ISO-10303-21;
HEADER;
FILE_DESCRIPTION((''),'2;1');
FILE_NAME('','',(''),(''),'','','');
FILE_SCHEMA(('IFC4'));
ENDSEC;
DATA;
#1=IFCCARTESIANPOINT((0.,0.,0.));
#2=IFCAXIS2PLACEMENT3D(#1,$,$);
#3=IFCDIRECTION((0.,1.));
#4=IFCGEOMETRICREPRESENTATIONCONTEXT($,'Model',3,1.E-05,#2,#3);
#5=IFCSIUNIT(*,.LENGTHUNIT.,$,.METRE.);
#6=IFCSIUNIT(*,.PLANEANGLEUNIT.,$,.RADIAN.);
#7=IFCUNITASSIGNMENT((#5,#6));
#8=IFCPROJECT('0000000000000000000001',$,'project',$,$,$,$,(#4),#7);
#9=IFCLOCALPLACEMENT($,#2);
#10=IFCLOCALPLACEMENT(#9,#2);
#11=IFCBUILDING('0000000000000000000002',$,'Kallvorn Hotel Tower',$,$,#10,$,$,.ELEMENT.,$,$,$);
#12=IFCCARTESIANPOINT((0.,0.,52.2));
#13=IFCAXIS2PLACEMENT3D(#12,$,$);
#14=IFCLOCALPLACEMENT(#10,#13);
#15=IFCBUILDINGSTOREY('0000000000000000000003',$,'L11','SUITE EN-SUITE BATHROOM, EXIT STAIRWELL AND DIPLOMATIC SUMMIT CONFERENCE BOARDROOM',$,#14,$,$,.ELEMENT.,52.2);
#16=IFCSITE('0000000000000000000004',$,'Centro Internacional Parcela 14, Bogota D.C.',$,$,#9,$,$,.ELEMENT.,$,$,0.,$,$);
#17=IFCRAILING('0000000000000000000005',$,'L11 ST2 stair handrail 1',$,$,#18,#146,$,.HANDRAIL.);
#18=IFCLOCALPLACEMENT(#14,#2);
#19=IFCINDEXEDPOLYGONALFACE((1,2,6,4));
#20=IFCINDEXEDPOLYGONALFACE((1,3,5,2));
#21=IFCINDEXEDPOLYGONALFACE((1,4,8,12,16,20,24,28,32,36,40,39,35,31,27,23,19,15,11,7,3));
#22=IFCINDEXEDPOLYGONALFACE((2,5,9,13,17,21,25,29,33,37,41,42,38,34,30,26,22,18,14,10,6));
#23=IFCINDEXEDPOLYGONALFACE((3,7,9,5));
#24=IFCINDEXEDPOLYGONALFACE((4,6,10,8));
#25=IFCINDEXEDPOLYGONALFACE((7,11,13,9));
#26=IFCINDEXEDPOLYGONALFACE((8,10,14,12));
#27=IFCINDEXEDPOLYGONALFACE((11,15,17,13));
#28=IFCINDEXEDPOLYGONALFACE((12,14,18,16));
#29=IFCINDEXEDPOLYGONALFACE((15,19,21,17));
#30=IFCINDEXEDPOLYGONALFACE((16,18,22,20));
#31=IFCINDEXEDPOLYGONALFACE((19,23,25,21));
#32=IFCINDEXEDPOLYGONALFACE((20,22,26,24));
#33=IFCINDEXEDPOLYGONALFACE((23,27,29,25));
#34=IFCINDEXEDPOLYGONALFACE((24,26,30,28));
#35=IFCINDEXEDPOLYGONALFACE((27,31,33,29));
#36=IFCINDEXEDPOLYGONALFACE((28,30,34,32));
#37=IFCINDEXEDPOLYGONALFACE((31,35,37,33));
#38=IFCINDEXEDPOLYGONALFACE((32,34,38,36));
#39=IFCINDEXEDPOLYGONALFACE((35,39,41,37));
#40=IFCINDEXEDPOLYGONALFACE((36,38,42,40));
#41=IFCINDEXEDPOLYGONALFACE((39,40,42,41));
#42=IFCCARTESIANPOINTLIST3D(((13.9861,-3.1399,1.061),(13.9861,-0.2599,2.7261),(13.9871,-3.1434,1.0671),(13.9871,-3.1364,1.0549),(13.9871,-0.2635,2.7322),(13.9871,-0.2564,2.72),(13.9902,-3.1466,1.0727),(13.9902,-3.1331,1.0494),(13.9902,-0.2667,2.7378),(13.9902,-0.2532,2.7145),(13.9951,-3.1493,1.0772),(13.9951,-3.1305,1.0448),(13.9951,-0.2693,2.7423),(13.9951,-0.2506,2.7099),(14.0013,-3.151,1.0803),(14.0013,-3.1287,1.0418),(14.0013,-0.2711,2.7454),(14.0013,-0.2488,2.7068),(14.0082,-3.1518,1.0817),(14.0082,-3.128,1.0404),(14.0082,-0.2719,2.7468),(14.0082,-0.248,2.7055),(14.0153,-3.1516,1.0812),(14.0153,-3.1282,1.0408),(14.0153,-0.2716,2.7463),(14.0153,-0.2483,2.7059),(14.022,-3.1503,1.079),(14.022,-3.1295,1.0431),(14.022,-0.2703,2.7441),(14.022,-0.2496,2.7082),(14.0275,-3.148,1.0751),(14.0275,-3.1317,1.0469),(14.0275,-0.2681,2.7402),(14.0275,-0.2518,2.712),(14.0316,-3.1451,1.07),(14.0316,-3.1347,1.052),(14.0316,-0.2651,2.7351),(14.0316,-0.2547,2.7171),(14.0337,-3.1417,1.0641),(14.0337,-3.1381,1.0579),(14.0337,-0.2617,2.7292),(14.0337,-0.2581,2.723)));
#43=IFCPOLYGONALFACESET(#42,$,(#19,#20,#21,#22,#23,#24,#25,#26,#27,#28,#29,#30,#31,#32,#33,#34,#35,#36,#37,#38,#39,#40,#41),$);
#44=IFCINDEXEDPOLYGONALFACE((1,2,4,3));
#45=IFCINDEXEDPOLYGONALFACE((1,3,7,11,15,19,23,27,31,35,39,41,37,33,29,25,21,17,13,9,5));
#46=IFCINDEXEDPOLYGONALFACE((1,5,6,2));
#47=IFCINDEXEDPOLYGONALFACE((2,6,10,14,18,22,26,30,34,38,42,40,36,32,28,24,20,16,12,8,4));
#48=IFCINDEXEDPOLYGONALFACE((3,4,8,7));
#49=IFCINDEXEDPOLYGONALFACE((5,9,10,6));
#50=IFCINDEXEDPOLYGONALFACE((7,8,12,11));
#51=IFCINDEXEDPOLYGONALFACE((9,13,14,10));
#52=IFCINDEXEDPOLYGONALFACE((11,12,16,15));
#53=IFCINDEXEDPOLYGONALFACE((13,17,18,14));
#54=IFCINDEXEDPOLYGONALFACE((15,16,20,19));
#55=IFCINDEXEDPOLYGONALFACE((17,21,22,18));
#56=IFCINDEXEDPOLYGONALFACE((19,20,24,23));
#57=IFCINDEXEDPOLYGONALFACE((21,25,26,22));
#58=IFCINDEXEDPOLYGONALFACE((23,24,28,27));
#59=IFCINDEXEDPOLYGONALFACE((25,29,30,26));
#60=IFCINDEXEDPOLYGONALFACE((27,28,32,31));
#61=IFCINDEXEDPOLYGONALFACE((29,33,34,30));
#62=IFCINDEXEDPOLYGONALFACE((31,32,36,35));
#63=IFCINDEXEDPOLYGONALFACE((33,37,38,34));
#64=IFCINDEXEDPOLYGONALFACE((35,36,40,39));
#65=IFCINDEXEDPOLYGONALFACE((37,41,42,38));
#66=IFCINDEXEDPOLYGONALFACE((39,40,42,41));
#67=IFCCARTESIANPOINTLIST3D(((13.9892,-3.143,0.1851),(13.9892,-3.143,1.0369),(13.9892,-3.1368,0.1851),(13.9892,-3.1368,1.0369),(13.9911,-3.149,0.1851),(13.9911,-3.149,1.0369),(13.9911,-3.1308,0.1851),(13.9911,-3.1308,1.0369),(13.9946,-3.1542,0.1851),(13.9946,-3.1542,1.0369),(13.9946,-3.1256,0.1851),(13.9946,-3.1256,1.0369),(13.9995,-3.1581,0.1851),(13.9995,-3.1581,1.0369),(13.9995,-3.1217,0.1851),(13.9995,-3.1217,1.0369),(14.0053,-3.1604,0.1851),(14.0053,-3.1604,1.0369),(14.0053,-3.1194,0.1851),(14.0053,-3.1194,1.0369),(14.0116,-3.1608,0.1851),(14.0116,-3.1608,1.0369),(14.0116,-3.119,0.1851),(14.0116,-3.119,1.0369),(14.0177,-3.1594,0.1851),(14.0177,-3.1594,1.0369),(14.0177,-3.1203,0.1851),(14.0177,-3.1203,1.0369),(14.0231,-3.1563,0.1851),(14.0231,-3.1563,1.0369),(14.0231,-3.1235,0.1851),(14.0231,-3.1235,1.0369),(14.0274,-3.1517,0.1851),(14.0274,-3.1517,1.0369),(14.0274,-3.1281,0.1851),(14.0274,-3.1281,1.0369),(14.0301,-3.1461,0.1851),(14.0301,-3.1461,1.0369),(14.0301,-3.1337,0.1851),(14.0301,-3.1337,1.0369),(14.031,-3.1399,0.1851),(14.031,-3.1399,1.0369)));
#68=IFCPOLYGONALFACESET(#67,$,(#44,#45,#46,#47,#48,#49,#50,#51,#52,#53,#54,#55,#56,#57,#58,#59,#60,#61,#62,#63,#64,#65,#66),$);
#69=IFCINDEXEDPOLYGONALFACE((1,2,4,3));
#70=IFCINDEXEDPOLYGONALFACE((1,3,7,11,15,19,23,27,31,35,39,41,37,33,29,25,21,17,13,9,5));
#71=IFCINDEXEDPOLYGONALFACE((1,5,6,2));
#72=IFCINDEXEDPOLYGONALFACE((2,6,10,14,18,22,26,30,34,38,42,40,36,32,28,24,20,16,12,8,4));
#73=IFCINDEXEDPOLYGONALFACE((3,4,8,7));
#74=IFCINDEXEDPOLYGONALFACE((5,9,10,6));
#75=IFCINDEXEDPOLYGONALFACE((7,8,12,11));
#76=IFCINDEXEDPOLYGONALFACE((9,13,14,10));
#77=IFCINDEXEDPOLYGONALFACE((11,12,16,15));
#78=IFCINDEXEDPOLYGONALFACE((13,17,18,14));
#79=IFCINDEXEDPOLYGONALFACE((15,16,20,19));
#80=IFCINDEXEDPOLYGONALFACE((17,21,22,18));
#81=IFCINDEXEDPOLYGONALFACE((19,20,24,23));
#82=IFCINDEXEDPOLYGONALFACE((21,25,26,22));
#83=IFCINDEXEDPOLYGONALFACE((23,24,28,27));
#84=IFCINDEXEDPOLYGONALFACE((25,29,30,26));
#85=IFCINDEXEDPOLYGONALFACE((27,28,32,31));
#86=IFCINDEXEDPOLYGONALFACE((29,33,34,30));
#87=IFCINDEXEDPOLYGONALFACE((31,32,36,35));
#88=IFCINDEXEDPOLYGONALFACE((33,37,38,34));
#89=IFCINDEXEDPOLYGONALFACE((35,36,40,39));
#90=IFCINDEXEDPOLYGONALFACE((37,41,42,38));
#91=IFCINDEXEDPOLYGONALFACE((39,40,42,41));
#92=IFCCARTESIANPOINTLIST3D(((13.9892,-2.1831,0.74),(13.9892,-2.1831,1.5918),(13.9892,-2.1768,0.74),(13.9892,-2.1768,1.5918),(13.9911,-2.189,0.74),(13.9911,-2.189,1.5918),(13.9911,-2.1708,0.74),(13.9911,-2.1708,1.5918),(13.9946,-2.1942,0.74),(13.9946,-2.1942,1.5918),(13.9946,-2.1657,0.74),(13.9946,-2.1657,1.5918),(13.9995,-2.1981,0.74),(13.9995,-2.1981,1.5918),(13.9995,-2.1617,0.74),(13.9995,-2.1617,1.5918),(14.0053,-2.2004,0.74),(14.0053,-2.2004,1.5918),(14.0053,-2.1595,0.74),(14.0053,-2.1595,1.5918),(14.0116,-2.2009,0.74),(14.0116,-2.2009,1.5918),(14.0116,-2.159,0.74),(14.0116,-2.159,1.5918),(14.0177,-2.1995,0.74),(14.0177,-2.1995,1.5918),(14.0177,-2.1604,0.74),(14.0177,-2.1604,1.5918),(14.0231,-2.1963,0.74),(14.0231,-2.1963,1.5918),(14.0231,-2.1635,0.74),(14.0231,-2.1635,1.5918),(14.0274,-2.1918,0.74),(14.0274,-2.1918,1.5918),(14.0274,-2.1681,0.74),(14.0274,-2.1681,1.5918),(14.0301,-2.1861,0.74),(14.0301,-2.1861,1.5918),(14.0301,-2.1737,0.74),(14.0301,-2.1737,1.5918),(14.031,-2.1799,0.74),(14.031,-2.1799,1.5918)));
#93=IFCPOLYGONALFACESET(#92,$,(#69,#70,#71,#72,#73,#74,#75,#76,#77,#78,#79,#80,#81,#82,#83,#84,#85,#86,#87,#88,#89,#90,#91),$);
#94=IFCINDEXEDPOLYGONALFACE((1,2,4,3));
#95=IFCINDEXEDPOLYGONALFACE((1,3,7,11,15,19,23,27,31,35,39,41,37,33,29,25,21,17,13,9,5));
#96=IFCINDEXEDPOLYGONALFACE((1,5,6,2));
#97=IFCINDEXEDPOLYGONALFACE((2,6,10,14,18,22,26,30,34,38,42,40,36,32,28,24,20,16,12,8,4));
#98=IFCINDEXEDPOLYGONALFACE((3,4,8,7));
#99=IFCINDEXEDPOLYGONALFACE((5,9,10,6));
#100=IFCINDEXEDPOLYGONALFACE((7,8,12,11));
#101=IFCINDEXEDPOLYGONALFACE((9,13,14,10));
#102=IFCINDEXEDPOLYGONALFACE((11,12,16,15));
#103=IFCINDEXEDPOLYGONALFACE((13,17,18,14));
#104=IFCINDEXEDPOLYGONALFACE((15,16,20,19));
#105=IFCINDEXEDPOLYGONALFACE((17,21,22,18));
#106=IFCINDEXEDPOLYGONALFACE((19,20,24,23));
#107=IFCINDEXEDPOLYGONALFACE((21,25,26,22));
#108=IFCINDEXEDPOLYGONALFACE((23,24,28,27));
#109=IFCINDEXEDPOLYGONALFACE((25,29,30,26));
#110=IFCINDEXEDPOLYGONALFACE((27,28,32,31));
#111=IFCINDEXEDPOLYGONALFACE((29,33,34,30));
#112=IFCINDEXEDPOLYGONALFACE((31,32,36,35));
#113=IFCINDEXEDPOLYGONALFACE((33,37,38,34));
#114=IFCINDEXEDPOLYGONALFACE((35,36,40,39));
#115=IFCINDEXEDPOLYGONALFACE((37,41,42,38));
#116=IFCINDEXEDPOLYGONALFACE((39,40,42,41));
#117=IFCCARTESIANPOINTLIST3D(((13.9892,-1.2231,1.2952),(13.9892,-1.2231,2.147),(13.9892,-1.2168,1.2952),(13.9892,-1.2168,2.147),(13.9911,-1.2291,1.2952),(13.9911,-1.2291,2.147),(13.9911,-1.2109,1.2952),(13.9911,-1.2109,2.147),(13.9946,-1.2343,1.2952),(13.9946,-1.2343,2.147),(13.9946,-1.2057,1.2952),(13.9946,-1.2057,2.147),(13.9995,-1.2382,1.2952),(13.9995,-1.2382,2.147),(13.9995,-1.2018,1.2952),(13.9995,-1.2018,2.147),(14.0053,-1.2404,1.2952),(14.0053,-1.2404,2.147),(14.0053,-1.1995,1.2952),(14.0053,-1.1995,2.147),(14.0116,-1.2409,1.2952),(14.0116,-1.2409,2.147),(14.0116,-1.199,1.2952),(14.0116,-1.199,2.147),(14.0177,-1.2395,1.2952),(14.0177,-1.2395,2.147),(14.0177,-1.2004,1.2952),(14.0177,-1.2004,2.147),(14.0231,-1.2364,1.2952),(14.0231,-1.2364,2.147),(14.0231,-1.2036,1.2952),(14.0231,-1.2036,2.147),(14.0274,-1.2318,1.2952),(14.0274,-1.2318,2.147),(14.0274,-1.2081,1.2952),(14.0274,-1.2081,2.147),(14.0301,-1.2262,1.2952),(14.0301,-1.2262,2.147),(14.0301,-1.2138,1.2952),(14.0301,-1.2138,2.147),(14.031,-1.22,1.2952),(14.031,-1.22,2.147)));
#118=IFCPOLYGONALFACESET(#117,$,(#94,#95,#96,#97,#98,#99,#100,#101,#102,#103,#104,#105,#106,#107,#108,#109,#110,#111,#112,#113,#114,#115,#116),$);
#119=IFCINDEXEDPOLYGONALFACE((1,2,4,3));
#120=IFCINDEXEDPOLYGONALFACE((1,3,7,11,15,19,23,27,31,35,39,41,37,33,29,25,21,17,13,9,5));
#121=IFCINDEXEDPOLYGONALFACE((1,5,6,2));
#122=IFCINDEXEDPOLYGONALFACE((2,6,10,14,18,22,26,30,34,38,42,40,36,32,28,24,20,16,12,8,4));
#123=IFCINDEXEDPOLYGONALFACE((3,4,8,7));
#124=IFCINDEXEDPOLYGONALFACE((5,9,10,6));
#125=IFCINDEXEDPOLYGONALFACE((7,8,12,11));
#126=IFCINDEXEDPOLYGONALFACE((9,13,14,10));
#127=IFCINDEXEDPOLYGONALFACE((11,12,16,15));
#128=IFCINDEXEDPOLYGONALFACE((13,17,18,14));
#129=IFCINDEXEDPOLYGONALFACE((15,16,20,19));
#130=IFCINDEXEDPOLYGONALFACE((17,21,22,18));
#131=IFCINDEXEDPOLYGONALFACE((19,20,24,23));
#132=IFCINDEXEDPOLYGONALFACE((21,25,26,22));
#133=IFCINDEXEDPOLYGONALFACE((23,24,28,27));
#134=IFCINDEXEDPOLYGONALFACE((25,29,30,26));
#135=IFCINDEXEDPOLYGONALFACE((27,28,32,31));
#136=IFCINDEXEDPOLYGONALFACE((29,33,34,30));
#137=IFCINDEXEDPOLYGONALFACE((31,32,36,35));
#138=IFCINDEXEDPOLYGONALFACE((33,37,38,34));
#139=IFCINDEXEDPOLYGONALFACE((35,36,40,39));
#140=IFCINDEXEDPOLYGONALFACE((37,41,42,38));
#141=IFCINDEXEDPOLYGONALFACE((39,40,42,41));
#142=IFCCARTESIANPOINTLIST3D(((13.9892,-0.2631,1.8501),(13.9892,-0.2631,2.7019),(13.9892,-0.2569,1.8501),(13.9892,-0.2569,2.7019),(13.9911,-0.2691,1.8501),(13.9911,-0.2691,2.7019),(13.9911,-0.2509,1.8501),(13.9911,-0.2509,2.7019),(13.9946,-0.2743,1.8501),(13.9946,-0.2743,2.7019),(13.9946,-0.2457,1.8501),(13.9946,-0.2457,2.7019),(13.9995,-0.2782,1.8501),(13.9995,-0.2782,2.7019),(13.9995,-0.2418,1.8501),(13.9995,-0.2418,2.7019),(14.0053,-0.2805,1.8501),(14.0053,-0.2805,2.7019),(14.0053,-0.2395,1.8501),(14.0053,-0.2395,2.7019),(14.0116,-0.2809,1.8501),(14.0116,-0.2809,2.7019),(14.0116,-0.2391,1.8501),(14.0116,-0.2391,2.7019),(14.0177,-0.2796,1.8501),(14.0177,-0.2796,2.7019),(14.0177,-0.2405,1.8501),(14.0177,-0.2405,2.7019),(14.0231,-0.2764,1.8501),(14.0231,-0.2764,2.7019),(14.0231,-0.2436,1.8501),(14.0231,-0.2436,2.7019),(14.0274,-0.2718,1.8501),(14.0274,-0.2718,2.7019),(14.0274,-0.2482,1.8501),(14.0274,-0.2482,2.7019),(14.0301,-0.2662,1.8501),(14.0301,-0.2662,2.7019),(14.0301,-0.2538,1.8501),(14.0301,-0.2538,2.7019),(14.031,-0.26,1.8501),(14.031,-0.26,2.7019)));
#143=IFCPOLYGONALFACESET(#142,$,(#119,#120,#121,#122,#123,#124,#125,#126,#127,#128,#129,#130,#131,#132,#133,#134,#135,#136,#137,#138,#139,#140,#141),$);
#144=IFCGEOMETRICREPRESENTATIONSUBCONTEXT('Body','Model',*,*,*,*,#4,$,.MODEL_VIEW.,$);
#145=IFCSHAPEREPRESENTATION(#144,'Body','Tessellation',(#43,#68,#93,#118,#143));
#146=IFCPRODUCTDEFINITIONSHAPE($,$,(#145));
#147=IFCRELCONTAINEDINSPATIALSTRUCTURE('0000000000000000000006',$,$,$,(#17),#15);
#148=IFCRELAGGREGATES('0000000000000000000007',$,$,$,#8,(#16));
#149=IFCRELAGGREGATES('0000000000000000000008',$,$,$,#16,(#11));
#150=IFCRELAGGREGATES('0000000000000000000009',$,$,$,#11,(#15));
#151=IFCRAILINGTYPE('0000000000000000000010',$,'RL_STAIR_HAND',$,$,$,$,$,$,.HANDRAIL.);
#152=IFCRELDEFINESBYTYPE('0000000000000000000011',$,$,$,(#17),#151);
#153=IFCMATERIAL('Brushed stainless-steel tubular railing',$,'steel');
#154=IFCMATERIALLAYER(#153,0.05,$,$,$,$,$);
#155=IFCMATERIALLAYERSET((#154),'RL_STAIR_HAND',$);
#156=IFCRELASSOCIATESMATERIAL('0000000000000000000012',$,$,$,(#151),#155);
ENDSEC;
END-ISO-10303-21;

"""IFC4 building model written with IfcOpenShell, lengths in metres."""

from ifc_helpers import new_model, si_unit, direction, frame, origin, origin_2d, place, context, subcontext, project, spatial, circle, extrude, material, layer, layer_set, type_object, element, save


model = new_model("IFC4")

# Units and contexts
model_context = context("Model", 3, precision=1e-05, world=origin(), true_north=direction((0.0, 1.0)))
body_context = subcontext(model_context, "Body", "Model", "MODEL_VIEW")
ifc_project = project(units=[si_unit("LENGTHUNIT", "METRE"), si_unit("PLANEANGLEUNIT", "RADIAN")], contexts=[model_context])

# Site, building, storey
site_placement = place(None, origin())
site = spatial("IfcSite", under=ifc_project, at=site_placement, Name="Centro Internacional Parcela 14, Bogota D.C.", CompositionType="ELEMENT", RefElevation=0.0)
building_placement = place(site_placement, origin())
building = spatial("IfcBuilding", under=site, at=building_placement, Name="Kallvorn Hotel Tower", CompositionType="ELEMENT")
storey_placement = place(building_placement, frame((0.0, 0.0, 52.2)))
storey = spatial("IfcBuildingStorey", under=building, at=storey_placement, Name="L11", Description="SUITE EN-SUITE BATHROOM, EXIT STAIRWELL AND DIPLOMATIC SUMMIT CONFERENCE BOARDROOM", CompositionType="ELEMENT", Elevation=52.2)

# Railing
ifc_material_1 = material(Name="Brushed stainless-steel tubular railing", Category="steel")
ifc_layer_1 = layer(ifc_material_1, 0.05)
ifc_layer_set_1 = layer_set([ifc_layer_1], Name="RL_STAIR_HAND")
railing_type = type_object("IfcRailingType", Name="RL_STAIR_HAND", PredefinedType="HANDRAIL", material=ifc_layer_set_1)
railing_placement = place(storey_placement, frame((14.01, -3.1399, 0.1851)))
element("IfcRailing", 1, at=railing_placement, inside=storey, type_object=railing_type, Name="L11 ST2 stair handrail 1", PredefinedType="HANDRAIL", context=body_context, shape_type="SweptSolid", body=[
    extrude(circle(Radius=0.0239, at=origin_2d()), frame((0.0, 0.0, 0.876), z_axis=(0.0, 0.865721, 0.500527), x_axis=(-1.0, 0.0, 0.0)), (0.0, 0.0, 1.0), 3.3267),
    extrude(circle(Radius=0.021, at=origin_2d()), origin(), (0.0, 0.0, 1.0), 0.8518),
    extrude(circle(Radius=0.021, at=origin_2d()), frame((0.0, 0.96, 0.5549)), (0.0, 0.0, 1.0), 0.8518),
    extrude(circle(Radius=0.021, at=origin_2d()), frame((0.0, 1.9199, 1.1101)), (0.0, 0.0, 1.0), 0.8518),
    extrude(circle(Radius=0.021, at=origin_2d()), frame((0.0, 2.8799, 1.665)), (0.0, 0.0, 1.0), 0.8518),
])

save(model, "model.ifc")
